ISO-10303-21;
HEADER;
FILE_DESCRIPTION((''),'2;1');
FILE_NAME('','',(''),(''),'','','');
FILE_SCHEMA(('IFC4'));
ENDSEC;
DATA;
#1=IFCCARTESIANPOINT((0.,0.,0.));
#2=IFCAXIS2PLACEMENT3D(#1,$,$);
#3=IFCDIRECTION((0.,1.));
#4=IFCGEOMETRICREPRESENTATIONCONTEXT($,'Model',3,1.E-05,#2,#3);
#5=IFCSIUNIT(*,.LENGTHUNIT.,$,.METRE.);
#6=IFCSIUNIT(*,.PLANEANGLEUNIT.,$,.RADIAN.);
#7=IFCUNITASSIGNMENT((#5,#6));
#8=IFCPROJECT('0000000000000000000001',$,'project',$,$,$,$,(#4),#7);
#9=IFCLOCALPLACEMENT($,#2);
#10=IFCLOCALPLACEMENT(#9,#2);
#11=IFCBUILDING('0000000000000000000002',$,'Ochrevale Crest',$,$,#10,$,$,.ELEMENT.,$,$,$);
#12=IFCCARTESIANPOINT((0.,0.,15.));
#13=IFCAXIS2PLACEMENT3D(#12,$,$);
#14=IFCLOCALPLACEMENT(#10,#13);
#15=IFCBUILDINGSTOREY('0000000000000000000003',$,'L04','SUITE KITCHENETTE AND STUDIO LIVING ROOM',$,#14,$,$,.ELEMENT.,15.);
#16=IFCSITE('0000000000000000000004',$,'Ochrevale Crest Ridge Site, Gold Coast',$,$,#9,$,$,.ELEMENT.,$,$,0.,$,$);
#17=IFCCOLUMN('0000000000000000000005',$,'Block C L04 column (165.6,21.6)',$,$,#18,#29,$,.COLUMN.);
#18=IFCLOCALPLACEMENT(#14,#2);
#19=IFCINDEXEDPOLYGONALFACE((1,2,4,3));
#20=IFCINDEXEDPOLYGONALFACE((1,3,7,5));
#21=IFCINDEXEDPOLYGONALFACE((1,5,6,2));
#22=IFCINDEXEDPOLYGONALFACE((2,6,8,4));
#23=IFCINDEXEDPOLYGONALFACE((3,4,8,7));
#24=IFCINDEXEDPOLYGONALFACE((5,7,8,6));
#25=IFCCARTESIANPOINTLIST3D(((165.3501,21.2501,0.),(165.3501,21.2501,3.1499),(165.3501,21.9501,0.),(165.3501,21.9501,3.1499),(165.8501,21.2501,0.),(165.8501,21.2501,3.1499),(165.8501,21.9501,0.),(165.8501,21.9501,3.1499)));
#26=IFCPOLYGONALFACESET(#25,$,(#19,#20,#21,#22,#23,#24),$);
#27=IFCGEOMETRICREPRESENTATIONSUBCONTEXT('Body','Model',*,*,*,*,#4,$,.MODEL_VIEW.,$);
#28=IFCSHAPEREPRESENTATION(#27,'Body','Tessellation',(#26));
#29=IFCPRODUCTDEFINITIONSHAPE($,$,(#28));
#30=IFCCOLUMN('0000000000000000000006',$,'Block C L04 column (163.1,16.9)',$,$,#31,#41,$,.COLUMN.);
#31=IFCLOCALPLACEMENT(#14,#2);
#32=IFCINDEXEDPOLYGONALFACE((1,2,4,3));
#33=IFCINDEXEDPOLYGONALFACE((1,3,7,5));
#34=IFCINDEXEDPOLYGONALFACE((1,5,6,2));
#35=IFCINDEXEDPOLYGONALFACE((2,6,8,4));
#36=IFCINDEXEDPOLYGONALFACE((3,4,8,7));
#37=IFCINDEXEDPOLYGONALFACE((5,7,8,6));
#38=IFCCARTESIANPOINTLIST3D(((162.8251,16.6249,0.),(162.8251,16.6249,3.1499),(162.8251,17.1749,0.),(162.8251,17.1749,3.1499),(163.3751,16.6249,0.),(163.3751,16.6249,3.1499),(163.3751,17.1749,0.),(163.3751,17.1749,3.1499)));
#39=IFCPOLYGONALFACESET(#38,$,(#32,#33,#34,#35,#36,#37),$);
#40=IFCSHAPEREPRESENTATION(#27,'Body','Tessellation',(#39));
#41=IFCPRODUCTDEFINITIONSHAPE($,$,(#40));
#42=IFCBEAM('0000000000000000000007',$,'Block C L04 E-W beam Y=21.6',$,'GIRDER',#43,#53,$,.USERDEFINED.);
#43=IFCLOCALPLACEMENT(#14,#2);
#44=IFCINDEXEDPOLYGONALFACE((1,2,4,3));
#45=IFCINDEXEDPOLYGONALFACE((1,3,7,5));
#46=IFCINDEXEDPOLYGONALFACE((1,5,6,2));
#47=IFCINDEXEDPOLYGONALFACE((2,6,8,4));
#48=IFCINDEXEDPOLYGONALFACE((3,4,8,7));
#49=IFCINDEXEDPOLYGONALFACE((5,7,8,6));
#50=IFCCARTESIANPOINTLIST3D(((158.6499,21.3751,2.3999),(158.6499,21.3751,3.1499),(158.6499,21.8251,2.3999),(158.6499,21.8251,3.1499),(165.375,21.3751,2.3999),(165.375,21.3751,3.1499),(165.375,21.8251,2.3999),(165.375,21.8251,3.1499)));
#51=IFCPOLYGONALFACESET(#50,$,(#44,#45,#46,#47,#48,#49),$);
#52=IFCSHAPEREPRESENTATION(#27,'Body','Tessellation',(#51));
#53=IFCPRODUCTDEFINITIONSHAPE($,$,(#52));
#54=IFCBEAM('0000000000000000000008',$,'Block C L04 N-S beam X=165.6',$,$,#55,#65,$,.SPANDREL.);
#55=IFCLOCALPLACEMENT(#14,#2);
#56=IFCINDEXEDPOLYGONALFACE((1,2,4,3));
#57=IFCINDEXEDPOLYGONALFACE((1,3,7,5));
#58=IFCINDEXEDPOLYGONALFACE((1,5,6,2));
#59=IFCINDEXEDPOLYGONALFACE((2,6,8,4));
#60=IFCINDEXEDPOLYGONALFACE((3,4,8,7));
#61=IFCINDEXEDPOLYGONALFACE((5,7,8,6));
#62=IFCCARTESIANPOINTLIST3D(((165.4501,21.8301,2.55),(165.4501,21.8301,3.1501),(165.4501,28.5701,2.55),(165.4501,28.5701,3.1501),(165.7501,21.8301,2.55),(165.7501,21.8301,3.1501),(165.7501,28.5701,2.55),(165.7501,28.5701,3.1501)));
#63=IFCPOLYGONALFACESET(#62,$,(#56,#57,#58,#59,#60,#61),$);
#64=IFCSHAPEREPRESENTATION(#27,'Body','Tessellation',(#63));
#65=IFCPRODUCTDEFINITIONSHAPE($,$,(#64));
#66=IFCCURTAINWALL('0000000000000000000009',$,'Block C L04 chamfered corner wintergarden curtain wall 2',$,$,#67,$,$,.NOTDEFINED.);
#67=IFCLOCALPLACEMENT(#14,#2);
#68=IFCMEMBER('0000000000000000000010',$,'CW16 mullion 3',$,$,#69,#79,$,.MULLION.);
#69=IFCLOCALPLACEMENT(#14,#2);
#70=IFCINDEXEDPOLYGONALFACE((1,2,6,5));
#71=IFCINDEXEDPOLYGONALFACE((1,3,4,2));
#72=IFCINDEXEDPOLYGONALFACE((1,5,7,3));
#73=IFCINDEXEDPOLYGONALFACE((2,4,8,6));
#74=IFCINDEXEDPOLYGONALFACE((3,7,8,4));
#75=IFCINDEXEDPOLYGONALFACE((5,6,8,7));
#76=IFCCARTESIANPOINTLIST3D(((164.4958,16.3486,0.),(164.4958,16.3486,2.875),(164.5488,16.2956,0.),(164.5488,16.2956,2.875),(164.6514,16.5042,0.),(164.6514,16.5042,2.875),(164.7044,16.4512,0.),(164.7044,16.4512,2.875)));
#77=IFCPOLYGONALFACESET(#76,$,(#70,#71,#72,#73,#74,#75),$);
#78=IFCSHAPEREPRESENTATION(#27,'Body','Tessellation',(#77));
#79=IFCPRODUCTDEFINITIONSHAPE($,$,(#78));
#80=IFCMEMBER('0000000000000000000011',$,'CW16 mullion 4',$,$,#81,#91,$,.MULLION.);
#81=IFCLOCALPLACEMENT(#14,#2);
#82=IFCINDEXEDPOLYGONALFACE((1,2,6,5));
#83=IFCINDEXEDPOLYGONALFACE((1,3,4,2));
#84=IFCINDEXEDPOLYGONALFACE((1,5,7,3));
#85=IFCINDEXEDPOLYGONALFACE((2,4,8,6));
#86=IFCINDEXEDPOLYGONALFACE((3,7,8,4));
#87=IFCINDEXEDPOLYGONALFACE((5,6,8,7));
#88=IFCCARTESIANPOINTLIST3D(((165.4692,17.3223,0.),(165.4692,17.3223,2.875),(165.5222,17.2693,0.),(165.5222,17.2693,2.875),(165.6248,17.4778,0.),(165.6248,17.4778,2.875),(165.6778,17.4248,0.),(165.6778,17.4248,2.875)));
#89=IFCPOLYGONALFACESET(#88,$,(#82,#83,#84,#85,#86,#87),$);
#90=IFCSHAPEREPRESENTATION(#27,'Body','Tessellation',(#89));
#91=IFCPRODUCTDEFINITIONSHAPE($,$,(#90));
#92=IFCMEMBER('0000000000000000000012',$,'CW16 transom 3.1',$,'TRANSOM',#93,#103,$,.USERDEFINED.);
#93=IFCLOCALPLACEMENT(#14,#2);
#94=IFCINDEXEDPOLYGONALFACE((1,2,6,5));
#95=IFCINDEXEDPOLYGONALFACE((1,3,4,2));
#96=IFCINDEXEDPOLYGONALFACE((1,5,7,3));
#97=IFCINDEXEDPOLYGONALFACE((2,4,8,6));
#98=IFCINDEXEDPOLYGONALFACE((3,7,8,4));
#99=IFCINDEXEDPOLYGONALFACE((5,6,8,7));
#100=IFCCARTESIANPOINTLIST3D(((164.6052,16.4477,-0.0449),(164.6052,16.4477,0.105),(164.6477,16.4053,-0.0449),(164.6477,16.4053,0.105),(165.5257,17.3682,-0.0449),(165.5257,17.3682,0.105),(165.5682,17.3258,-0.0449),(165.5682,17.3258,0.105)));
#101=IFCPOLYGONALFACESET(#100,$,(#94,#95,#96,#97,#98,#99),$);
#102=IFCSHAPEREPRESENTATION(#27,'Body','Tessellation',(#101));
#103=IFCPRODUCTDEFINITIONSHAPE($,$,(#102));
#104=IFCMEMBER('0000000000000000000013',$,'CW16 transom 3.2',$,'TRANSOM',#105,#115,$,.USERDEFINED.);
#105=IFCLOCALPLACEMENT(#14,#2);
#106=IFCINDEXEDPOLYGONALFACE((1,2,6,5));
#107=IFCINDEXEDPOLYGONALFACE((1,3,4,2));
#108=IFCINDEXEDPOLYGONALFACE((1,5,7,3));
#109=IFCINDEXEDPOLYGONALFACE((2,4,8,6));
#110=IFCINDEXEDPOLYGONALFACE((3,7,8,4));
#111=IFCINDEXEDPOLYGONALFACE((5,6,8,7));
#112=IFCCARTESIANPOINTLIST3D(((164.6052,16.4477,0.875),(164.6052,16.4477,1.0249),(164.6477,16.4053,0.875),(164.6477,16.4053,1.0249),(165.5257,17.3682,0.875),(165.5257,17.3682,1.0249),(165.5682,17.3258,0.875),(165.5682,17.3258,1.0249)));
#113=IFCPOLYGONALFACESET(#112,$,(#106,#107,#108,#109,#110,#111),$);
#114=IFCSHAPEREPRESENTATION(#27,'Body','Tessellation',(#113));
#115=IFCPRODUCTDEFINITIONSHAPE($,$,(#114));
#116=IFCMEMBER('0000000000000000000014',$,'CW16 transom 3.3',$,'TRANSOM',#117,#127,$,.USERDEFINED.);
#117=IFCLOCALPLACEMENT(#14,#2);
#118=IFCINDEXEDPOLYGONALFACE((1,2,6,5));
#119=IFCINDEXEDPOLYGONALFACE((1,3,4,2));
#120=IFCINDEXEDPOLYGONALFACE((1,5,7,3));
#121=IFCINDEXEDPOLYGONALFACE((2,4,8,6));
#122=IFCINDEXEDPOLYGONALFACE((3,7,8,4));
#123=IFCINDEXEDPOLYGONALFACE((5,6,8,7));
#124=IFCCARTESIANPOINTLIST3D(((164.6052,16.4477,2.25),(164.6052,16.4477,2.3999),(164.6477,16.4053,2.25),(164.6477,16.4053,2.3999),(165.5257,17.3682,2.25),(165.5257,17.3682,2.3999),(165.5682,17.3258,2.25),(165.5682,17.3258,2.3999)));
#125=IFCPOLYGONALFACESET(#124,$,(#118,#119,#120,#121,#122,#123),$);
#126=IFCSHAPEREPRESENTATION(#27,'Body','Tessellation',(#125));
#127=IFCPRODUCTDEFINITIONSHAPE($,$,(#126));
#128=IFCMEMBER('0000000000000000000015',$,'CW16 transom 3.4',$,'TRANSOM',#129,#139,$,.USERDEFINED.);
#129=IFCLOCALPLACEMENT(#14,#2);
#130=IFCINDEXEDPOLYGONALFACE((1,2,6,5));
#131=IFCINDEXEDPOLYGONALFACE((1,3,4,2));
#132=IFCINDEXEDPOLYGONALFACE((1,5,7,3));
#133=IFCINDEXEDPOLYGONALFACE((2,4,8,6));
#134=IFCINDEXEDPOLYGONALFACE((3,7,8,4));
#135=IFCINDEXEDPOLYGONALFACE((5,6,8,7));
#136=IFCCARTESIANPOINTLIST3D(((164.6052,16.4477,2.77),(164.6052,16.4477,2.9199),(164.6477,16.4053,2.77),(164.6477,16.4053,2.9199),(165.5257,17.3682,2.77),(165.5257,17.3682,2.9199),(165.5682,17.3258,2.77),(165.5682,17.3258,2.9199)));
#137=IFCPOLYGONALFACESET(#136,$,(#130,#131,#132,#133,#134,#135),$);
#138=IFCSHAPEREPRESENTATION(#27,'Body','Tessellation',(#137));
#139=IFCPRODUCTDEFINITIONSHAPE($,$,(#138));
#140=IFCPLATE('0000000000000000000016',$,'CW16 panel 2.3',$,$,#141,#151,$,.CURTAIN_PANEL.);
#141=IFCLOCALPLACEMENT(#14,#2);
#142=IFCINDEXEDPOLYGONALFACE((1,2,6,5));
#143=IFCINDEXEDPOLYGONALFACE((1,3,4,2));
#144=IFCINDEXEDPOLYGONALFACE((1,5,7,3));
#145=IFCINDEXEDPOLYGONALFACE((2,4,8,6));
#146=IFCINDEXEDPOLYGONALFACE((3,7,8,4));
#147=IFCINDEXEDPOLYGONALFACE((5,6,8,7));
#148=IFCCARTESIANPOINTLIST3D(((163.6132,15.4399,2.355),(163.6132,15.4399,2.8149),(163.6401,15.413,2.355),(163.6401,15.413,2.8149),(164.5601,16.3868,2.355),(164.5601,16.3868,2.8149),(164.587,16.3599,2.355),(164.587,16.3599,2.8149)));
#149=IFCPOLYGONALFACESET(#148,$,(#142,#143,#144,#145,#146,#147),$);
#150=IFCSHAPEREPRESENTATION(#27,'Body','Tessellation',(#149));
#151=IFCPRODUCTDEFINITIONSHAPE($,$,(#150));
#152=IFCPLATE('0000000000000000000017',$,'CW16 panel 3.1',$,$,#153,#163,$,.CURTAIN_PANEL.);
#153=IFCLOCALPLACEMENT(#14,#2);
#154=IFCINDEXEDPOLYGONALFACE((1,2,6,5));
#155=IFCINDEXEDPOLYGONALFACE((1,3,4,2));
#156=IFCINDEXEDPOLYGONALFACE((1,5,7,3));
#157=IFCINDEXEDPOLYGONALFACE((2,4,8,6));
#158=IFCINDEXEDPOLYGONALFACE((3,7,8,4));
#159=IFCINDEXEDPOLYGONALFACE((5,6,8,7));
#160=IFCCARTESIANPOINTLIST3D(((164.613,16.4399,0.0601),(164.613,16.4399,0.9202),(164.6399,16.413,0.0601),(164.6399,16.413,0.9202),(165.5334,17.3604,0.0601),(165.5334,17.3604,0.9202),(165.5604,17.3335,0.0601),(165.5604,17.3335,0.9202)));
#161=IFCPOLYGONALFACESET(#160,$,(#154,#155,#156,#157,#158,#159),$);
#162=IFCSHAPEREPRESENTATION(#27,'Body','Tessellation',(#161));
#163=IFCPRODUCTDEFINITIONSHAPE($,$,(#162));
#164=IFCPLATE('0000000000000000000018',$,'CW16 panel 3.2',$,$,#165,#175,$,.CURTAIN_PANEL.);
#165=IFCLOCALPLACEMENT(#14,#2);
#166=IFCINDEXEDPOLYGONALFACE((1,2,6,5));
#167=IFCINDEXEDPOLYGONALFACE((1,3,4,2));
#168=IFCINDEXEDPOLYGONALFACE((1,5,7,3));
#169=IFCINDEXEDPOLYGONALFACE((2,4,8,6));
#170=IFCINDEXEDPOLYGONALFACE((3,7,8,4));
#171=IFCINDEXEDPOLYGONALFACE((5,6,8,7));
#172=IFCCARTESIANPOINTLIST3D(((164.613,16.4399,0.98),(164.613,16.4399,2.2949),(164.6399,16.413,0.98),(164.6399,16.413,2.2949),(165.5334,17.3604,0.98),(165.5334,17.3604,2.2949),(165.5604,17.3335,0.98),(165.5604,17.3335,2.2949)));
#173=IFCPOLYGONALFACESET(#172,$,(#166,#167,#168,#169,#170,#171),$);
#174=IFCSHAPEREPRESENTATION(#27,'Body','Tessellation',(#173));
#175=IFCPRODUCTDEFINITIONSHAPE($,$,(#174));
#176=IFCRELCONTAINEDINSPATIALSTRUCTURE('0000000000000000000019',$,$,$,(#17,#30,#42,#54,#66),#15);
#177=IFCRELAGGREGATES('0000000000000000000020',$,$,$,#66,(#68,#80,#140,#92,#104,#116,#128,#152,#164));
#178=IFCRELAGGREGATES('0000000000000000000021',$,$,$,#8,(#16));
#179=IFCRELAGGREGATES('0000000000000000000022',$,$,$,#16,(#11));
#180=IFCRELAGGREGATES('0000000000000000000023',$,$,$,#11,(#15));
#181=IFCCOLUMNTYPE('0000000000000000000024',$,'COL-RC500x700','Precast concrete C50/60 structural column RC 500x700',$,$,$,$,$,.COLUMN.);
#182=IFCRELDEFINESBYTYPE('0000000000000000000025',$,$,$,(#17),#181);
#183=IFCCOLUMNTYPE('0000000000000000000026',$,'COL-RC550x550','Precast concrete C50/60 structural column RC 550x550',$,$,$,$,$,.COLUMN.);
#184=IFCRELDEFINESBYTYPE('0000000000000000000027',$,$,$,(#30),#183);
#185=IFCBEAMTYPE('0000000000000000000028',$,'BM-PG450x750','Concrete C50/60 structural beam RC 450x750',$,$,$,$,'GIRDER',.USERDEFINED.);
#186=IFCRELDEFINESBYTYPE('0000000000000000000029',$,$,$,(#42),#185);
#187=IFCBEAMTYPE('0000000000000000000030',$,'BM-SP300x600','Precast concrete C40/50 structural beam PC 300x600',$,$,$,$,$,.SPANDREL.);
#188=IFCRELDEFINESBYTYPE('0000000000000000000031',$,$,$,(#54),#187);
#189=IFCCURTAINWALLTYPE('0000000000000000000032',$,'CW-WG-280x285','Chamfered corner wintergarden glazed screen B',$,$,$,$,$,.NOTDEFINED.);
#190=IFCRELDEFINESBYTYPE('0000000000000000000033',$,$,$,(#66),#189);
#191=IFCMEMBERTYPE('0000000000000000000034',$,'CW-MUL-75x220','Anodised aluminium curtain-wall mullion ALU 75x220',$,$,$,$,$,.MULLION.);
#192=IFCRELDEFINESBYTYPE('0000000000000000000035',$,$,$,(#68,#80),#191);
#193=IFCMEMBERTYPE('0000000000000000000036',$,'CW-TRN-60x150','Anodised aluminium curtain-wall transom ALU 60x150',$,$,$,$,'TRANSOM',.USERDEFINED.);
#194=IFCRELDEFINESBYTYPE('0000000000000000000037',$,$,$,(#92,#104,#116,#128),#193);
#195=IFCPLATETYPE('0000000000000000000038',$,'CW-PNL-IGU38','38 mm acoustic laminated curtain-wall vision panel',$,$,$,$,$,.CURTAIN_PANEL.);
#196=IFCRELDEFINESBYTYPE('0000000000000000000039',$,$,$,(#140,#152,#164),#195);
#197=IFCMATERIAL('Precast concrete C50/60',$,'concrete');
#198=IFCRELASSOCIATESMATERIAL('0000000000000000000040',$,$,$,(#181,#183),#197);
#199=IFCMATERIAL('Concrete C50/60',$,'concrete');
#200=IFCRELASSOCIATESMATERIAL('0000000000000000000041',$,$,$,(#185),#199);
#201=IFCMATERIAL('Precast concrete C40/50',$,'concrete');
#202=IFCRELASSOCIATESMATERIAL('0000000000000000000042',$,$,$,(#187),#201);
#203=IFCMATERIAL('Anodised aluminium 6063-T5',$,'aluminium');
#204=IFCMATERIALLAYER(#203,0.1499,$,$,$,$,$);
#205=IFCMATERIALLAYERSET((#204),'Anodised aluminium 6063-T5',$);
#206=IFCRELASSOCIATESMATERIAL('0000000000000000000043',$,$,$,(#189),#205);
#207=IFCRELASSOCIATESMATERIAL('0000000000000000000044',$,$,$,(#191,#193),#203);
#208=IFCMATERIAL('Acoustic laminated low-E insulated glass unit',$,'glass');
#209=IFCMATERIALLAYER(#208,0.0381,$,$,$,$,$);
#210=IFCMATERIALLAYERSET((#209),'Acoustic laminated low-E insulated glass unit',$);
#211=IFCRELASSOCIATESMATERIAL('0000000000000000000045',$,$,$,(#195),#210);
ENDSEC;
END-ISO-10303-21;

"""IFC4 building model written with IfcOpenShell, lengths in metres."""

from ifc_helpers import new_model, si_unit, direction, frame, origin, origin_2d, place, context, subcontext, project, spatial, rectangle, extrude, material, layer, layer_set, material_profile, profile_set, type_object, element, aggregate, save


model = new_model("IFC4")

# Units and contexts
model_context = context("Model", 3, precision=1e-05, world=origin(), true_north=direction((0.0, 1.0)))
body_context = subcontext(model_context, "Body", "Model", "MODEL_VIEW")
ifc_project = project(units=[si_unit("LENGTHUNIT", "METRE"), si_unit("PLANEANGLEUNIT", "RADIAN")], contexts=[model_context])

# Site, building, storey
site_placement = place(None, origin())
site = spatial("IfcSite", under=ifc_project, at=site_placement, Name="Ochrevale Crest Ridge Site, Gold Coast", CompositionType="ELEMENT", RefElevation=0.0)
building_placement = place(site_placement, origin())
building = spatial("IfcBuilding", under=site, at=building_placement, Name="Ochrevale Crest", CompositionType="ELEMENT")
storey_placement = place(building_placement, frame((0.0, 0.0, 15.0)))
storey = spatial("IfcBuildingStorey", under=building, at=storey_placement, Name="L04", Description="SUITE KITCHENETTE AND STUDIO LIVING ROOM", CompositionType="ELEMENT", Elevation=15.0)

# Columns
ifc_material_1 = material(Name="Precast concrete C50/60", Category="concrete")
ifc_material_profile_1 = material_profile(ifc_material_1, rectangle(XDim=0.5, YDim=0.7, at=origin_2d()), Name="RC 500x700")
ifc_profile_set_1 = profile_set([ifc_material_profile_1], Name="Precast concrete C50/60")
column_type_1 = type_object("IfcColumnType", Name="COL-RC500x700", Description="Precast concrete C50/60 structural column RC 500x700", PredefinedType="COLUMN", material=ifc_profile_set_1)
column_1_placement = place(storey_placement, frame((165.6001, 21.6001, 0.0), z_axis=(0.0, 0.0, 1.0), x_axis=(1.0, 0.0, 0.0)))
element("IfcColumn", 1, at=column_1_placement, inside=storey, type_object=column_type_1, Name="Block C L04 column (165.6,21.6)", PredefinedType="COLUMN", context=body_context, shape_type="SweptSolid", body=[
    extrude(rectangle(XDim=0.5, YDim=0.7, at=origin_2d()), origin(), (0.0, 0.0, 1.0), 3.1499),
])
ifc_material_profile_2 = material_profile(ifc_material_1, rectangle(XDim=0.55, YDim=0.55, at=origin_2d()), Name="RC 550x550")
ifc_profile_set_2 = profile_set([ifc_material_profile_2], Name="Precast concrete C50/60")
column_type_2 = type_object("IfcColumnType", Name="COL-RC550x550", Description="Precast concrete C50/60 structural column RC 550x550", PredefinedType="COLUMN", material=ifc_profile_set_2)
column_2_placement = place(storey_placement, frame((163.1001, 16.8999, 0.0), z_axis=(0.0, 0.0, 1.0), x_axis=(1.0, 0.0, 0.0)))
element("IfcColumn", 2, at=column_2_placement, inside=storey, type_object=column_type_2, Name="Block C L04 column (163.1,16.9)", PredefinedType="COLUMN", context=body_context, shape_type="SweptSolid", body=[
    extrude(rectangle(XDim=0.55, YDim=0.55, at=origin_2d()), origin(), (0.0, 0.0, 1.0), 3.1499),
])

# Beams
ifc_material_2 = material(Name="Concrete C50/60", Category="concrete")
ifc_material_profile_3 = material_profile(ifc_material_2, rectangle(XDim=0.45, YDim=0.75, at=origin_2d()), Name="RC 450x750")
ifc_profile_set_3 = profile_set([ifc_material_profile_3], Name="Concrete C50/60")
beam_type_1 = type_object("IfcBeamType", Name="BM-PG450x750", Description="Concrete C50/60 structural beam RC 450x750", ElementType="GIRDER", PredefinedType="USERDEFINED", material=ifc_profile_set_3)
beam_1_placement = place(storey_placement, frame((158.6499, 21.6001, 2.7749), z_axis=(1.0, 0.0, 0.0), x_axis=(0.0, 1.0, 0.0)))
element("IfcBeam", 3, at=beam_1_placement, inside=storey, type_object=beam_type_1, Name="Block C L04 E-W beam Y=21.6", ObjectType="GIRDER", PredefinedType="USERDEFINED", context=body_context, shape_type="SweptSolid", body=[
    extrude(rectangle(XDim=0.45, YDim=0.75, at=origin_2d()), origin(), (0.0, 0.0, 1.0), 6.7251),
])
ifc_material_3 = material(Name="Precast concrete C40/50", Category="concrete")
ifc_material_profile_4 = material_profile(ifc_material_3, rectangle(XDim=0.3, YDim=0.6001, at=origin_2d()), Name="PC 300x600")
ifc_profile_set_4 = profile_set([ifc_material_profile_4], Name="Precast concrete C40/50")
beam_type_2 = type_object("IfcBeamType", Name="BM-SP300x600", Description="Precast concrete C40/50 structural beam PC 300x600", PredefinedType="SPANDREL", material=ifc_profile_set_4)
beam_2_placement = place(storey_placement, frame((165.6001, 21.8301, 2.8501), z_axis=(0.0, 1.0, 0.0), x_axis=(-1.0, 0.0, 0.0)))
element("IfcBeam", 4, at=beam_2_placement, inside=storey, type_object=beam_type_2, Name="Block C L04 N-S beam X=165.6", PredefinedType="SPANDREL", context=body_context, shape_type="SweptSolid", body=[
    extrude(rectangle(XDim=0.3, YDim=0.6001, at=origin_2d()), origin(), (0.0, 0.0, 1.0), 6.74),
])

# Curtain wall, members, plates
ifc_material_4 = material(Name="Anodised aluminium 6063-T5", Category="aluminium")
ifc_layer_1 = layer(ifc_material_4, 0.1499)
ifc_layer_set_1 = layer_set([ifc_layer_1], Name="Anodised aluminium 6063-T5")
curtain_wall_type = type_object("IfcCurtainWallType", Name="CW-WG-280x285", Description="Chamfered corner wintergarden glazed screen B", PredefinedType="NOTDEFINED", material=ifc_layer_set_1)
curtain_wall_placement = place(storey_placement, origin())
curtain_wall = element("IfcCurtainWall", 5, at=curtain_wall_placement, inside=storey, type_object=curtain_wall_type, Name="Block C L04 chamfered corner wintergarden curtain wall 2", PredefinedType="NOTDEFINED")
ifc_material_profile_5 = material_profile(ifc_material_4, rectangle(XDim=0.075, YDim=0.22, at=origin_2d()), Name="ALU 75x220")
ifc_profile_set_5 = profile_set([ifc_material_profile_5], Name="Anodised aluminium 6063-T5")
member_type_1 = type_object("IfcMemberType", Name="CW-MUL-75x220", Description="Anodised aluminium curtain-wall mullion ALU 75x220", PredefinedType="MULLION", material=ifc_profile_set_5)
member_1_placement = place(storey_placement, frame((164.6001, 16.3999, 0.0), z_axis=(0.0, 0.0, 1.0), x_axis=(-0.707107, 0.707107, 0.0)))
member_1 = element("IfcMember", 6, at=member_1_placement, type_object=member_type_1, Name="CW16 mullion 3", PredefinedType="MULLION", context=body_context, shape_type="SweptSolid", body=[
    extrude(rectangle(XDim=0.075, YDim=0.22, at=origin_2d()), origin(), (0.0, 0.0, 1.0), 2.875),
])
member_2_placement = place(storey_placement, frame((165.5735, 17.3735, 0.0), z_axis=(0.0, 0.0, 1.0), x_axis=(-0.707107, 0.707107, 0.0)))
member_2 = element("IfcMember", 7, at=member_2_placement, type_object=member_type_1, Name="CW16 mullion 4", PredefinedType="MULLION", context=body_context, shape_type="SweptSolid", body=[
    extrude(rectangle(XDim=0.075, YDim=0.22, at=origin_2d()), origin(), (0.0, 0.0, 1.0), 2.875),
])
ifc_material_profile_6 = material_profile(ifc_material_4, rectangle(XDim=0.0601, YDim=0.1499, at=origin_2d()), Name="ALU 60x150")
ifc_profile_set_6 = profile_set([ifc_material_profile_6], Name="Anodised aluminium 6063-T5")
member_type_2 = type_object("IfcMemberType", Name="CW-TRN-60x150", Description="Anodised aluminium curtain-wall transom ALU 60x150", ElementType="TRANSOM", PredefinedType="USERDEFINED", material=ifc_profile_set_6)
member_3_placement = place(storey_placement, frame((164.6265, 16.4265, 0.03), z_axis=(0.707107, 0.707107, 0.0), x_axis=(-0.707107, 0.707107, 0.0)))
member_3 = element("IfcMember", 8, at=member_3_placement, type_object=member_type_2, Name="CW16 transom 3.1", ObjectType="TRANSOM", PredefinedType="USERDEFINED", context=body_context, shape_type="SweptSolid", body=[
    extrude(rectangle(XDim=0.0601, YDim=0.1499, at=origin_2d()), origin(), (0.0, 0.0, 1.0), 1.3018),
])
member_4_placement = place(storey_placement, frame((164.6265, 16.4265, 0.95), z_axis=(0.707107, 0.707107, 0.0), x_axis=(-0.707107, 0.707107, 0.0)))
member_4 = element("IfcMember", 9, at=member_4_placement, type_object=member_type_2, Name="CW16 transom 3.2", ObjectType="TRANSOM", PredefinedType="USERDEFINED", context=body_context, shape_type="SweptSolid", body=[
    extrude(rectangle(XDim=0.0601, YDim=0.1499, at=origin_2d()), origin(), (0.0, 0.0, 1.0), 1.3018),
])
member_5_placement = place(storey_placement, frame((164.6265, 16.4265, 2.325), z_axis=(0.707107, 0.707107, 0.0), x_axis=(-0.707107, 0.707107, 0.0)))
member_5 = element("IfcMember", 10, at=member_5_placement, type_object=member_type_2, Name="CW16 transom 3.3", ObjectType="TRANSOM", PredefinedType="USERDEFINED", context=body_context, shape_type="SweptSolid", body=[
    extrude(rectangle(XDim=0.0601, YDim=0.1499, at=origin_2d()), origin(), (0.0, 0.0, 1.0), 1.3018),
])
member_6_placement = place(storey_placement, frame((164.6265, 16.4265, 2.845), z_axis=(0.707107, 0.707107, 0.0), x_axis=(-0.707107, 0.707107, 0.0)))
member_6 = element("IfcMember", 11, at=member_6_placement, type_object=member_type_2, Name="CW16 transom 3.4", ObjectType="TRANSOM", PredefinedType="USERDEFINED", context=body_context, shape_type="SweptSolid", body=[
    extrude(rectangle(XDim=0.0601, YDim=0.1499, at=origin_2d()), origin(), (0.0, 0.0, 1.0), 1.3018),
])
ifc_material_5 = material(Name="Acoustic laminated low-E insulated glass unit", Category="glass")
ifc_layer_2 = layer(ifc_material_5, 0.0381)
ifc_layer_set_2 = layer_set([ifc_layer_2], Name="Acoustic laminated low-E insulated glass unit")
plate_type = type_object("IfcPlateType", Name="CW-PNL-IGU38", Description="38 mm acoustic laminated curtain-wall vision panel", PredefinedType="CURTAIN_PANEL", material=ifc_layer_set_2)
plate_1_placement = place(storey_placement, frame((164.1001, 15.8999, 2.355), z_axis=(0.0, 0.0, 1.0), x_axis=(0.707107, 0.707107, 0.0)))
plate_1 = element("IfcPlate", 12, at=plate_1_placement, type_object=plate_type, Name="CW16 panel 2.3", PredefinedType="CURTAIN_PANEL", context=body_context, shape_type="SweptSolid", body=[
    extrude(rectangle(XDim=1.3391, YDim=0.0381, at=origin_2d()), origin(), (0.0, 0.0, 1.0), 0.46),
])
plate_2_placement = place(storey_placement, frame((165.0867, 16.8867, 0.0601), z_axis=(0.0, 0.0, 1.0), x_axis=(0.707107, 0.707107, 0.0)))
plate_2 = element("IfcPlate", 13, at=plate_2_placement, type_object=plate_type, Name="CW16 panel 3.1", PredefinedType="CURTAIN_PANEL", context=body_context, shape_type="SweptSolid", body=[
    extrude(rectangle(XDim=1.3018, YDim=0.0381, at=origin_2d()), origin(), (0.0, 0.0, 1.0), 0.8601),
])
plate_3_placement = place(storey_placement, frame((165.0867, 16.8867, 0.98), z_axis=(0.0, 0.0, 1.0), x_axis=(0.707107, 0.707107, 0.0)))
plate_3 = element("IfcPlate", 14, at=plate_3_placement, type_object=plate_type, Name="CW16 panel 3.2", PredefinedType="CURTAIN_PANEL", context=body_context, shape_type="SweptSolid", body=[
    extrude(rectangle(XDim=1.3018, YDim=0.0381, at=origin_2d()), origin(), (0.0, 0.0, 1.0), 1.3149),
])
aggregate(curtain_wall, [member_1, member_2, plate_1, member_3, member_4, member_5, member_6, plate_2, plate_3])

save(model, "model.ifc")
